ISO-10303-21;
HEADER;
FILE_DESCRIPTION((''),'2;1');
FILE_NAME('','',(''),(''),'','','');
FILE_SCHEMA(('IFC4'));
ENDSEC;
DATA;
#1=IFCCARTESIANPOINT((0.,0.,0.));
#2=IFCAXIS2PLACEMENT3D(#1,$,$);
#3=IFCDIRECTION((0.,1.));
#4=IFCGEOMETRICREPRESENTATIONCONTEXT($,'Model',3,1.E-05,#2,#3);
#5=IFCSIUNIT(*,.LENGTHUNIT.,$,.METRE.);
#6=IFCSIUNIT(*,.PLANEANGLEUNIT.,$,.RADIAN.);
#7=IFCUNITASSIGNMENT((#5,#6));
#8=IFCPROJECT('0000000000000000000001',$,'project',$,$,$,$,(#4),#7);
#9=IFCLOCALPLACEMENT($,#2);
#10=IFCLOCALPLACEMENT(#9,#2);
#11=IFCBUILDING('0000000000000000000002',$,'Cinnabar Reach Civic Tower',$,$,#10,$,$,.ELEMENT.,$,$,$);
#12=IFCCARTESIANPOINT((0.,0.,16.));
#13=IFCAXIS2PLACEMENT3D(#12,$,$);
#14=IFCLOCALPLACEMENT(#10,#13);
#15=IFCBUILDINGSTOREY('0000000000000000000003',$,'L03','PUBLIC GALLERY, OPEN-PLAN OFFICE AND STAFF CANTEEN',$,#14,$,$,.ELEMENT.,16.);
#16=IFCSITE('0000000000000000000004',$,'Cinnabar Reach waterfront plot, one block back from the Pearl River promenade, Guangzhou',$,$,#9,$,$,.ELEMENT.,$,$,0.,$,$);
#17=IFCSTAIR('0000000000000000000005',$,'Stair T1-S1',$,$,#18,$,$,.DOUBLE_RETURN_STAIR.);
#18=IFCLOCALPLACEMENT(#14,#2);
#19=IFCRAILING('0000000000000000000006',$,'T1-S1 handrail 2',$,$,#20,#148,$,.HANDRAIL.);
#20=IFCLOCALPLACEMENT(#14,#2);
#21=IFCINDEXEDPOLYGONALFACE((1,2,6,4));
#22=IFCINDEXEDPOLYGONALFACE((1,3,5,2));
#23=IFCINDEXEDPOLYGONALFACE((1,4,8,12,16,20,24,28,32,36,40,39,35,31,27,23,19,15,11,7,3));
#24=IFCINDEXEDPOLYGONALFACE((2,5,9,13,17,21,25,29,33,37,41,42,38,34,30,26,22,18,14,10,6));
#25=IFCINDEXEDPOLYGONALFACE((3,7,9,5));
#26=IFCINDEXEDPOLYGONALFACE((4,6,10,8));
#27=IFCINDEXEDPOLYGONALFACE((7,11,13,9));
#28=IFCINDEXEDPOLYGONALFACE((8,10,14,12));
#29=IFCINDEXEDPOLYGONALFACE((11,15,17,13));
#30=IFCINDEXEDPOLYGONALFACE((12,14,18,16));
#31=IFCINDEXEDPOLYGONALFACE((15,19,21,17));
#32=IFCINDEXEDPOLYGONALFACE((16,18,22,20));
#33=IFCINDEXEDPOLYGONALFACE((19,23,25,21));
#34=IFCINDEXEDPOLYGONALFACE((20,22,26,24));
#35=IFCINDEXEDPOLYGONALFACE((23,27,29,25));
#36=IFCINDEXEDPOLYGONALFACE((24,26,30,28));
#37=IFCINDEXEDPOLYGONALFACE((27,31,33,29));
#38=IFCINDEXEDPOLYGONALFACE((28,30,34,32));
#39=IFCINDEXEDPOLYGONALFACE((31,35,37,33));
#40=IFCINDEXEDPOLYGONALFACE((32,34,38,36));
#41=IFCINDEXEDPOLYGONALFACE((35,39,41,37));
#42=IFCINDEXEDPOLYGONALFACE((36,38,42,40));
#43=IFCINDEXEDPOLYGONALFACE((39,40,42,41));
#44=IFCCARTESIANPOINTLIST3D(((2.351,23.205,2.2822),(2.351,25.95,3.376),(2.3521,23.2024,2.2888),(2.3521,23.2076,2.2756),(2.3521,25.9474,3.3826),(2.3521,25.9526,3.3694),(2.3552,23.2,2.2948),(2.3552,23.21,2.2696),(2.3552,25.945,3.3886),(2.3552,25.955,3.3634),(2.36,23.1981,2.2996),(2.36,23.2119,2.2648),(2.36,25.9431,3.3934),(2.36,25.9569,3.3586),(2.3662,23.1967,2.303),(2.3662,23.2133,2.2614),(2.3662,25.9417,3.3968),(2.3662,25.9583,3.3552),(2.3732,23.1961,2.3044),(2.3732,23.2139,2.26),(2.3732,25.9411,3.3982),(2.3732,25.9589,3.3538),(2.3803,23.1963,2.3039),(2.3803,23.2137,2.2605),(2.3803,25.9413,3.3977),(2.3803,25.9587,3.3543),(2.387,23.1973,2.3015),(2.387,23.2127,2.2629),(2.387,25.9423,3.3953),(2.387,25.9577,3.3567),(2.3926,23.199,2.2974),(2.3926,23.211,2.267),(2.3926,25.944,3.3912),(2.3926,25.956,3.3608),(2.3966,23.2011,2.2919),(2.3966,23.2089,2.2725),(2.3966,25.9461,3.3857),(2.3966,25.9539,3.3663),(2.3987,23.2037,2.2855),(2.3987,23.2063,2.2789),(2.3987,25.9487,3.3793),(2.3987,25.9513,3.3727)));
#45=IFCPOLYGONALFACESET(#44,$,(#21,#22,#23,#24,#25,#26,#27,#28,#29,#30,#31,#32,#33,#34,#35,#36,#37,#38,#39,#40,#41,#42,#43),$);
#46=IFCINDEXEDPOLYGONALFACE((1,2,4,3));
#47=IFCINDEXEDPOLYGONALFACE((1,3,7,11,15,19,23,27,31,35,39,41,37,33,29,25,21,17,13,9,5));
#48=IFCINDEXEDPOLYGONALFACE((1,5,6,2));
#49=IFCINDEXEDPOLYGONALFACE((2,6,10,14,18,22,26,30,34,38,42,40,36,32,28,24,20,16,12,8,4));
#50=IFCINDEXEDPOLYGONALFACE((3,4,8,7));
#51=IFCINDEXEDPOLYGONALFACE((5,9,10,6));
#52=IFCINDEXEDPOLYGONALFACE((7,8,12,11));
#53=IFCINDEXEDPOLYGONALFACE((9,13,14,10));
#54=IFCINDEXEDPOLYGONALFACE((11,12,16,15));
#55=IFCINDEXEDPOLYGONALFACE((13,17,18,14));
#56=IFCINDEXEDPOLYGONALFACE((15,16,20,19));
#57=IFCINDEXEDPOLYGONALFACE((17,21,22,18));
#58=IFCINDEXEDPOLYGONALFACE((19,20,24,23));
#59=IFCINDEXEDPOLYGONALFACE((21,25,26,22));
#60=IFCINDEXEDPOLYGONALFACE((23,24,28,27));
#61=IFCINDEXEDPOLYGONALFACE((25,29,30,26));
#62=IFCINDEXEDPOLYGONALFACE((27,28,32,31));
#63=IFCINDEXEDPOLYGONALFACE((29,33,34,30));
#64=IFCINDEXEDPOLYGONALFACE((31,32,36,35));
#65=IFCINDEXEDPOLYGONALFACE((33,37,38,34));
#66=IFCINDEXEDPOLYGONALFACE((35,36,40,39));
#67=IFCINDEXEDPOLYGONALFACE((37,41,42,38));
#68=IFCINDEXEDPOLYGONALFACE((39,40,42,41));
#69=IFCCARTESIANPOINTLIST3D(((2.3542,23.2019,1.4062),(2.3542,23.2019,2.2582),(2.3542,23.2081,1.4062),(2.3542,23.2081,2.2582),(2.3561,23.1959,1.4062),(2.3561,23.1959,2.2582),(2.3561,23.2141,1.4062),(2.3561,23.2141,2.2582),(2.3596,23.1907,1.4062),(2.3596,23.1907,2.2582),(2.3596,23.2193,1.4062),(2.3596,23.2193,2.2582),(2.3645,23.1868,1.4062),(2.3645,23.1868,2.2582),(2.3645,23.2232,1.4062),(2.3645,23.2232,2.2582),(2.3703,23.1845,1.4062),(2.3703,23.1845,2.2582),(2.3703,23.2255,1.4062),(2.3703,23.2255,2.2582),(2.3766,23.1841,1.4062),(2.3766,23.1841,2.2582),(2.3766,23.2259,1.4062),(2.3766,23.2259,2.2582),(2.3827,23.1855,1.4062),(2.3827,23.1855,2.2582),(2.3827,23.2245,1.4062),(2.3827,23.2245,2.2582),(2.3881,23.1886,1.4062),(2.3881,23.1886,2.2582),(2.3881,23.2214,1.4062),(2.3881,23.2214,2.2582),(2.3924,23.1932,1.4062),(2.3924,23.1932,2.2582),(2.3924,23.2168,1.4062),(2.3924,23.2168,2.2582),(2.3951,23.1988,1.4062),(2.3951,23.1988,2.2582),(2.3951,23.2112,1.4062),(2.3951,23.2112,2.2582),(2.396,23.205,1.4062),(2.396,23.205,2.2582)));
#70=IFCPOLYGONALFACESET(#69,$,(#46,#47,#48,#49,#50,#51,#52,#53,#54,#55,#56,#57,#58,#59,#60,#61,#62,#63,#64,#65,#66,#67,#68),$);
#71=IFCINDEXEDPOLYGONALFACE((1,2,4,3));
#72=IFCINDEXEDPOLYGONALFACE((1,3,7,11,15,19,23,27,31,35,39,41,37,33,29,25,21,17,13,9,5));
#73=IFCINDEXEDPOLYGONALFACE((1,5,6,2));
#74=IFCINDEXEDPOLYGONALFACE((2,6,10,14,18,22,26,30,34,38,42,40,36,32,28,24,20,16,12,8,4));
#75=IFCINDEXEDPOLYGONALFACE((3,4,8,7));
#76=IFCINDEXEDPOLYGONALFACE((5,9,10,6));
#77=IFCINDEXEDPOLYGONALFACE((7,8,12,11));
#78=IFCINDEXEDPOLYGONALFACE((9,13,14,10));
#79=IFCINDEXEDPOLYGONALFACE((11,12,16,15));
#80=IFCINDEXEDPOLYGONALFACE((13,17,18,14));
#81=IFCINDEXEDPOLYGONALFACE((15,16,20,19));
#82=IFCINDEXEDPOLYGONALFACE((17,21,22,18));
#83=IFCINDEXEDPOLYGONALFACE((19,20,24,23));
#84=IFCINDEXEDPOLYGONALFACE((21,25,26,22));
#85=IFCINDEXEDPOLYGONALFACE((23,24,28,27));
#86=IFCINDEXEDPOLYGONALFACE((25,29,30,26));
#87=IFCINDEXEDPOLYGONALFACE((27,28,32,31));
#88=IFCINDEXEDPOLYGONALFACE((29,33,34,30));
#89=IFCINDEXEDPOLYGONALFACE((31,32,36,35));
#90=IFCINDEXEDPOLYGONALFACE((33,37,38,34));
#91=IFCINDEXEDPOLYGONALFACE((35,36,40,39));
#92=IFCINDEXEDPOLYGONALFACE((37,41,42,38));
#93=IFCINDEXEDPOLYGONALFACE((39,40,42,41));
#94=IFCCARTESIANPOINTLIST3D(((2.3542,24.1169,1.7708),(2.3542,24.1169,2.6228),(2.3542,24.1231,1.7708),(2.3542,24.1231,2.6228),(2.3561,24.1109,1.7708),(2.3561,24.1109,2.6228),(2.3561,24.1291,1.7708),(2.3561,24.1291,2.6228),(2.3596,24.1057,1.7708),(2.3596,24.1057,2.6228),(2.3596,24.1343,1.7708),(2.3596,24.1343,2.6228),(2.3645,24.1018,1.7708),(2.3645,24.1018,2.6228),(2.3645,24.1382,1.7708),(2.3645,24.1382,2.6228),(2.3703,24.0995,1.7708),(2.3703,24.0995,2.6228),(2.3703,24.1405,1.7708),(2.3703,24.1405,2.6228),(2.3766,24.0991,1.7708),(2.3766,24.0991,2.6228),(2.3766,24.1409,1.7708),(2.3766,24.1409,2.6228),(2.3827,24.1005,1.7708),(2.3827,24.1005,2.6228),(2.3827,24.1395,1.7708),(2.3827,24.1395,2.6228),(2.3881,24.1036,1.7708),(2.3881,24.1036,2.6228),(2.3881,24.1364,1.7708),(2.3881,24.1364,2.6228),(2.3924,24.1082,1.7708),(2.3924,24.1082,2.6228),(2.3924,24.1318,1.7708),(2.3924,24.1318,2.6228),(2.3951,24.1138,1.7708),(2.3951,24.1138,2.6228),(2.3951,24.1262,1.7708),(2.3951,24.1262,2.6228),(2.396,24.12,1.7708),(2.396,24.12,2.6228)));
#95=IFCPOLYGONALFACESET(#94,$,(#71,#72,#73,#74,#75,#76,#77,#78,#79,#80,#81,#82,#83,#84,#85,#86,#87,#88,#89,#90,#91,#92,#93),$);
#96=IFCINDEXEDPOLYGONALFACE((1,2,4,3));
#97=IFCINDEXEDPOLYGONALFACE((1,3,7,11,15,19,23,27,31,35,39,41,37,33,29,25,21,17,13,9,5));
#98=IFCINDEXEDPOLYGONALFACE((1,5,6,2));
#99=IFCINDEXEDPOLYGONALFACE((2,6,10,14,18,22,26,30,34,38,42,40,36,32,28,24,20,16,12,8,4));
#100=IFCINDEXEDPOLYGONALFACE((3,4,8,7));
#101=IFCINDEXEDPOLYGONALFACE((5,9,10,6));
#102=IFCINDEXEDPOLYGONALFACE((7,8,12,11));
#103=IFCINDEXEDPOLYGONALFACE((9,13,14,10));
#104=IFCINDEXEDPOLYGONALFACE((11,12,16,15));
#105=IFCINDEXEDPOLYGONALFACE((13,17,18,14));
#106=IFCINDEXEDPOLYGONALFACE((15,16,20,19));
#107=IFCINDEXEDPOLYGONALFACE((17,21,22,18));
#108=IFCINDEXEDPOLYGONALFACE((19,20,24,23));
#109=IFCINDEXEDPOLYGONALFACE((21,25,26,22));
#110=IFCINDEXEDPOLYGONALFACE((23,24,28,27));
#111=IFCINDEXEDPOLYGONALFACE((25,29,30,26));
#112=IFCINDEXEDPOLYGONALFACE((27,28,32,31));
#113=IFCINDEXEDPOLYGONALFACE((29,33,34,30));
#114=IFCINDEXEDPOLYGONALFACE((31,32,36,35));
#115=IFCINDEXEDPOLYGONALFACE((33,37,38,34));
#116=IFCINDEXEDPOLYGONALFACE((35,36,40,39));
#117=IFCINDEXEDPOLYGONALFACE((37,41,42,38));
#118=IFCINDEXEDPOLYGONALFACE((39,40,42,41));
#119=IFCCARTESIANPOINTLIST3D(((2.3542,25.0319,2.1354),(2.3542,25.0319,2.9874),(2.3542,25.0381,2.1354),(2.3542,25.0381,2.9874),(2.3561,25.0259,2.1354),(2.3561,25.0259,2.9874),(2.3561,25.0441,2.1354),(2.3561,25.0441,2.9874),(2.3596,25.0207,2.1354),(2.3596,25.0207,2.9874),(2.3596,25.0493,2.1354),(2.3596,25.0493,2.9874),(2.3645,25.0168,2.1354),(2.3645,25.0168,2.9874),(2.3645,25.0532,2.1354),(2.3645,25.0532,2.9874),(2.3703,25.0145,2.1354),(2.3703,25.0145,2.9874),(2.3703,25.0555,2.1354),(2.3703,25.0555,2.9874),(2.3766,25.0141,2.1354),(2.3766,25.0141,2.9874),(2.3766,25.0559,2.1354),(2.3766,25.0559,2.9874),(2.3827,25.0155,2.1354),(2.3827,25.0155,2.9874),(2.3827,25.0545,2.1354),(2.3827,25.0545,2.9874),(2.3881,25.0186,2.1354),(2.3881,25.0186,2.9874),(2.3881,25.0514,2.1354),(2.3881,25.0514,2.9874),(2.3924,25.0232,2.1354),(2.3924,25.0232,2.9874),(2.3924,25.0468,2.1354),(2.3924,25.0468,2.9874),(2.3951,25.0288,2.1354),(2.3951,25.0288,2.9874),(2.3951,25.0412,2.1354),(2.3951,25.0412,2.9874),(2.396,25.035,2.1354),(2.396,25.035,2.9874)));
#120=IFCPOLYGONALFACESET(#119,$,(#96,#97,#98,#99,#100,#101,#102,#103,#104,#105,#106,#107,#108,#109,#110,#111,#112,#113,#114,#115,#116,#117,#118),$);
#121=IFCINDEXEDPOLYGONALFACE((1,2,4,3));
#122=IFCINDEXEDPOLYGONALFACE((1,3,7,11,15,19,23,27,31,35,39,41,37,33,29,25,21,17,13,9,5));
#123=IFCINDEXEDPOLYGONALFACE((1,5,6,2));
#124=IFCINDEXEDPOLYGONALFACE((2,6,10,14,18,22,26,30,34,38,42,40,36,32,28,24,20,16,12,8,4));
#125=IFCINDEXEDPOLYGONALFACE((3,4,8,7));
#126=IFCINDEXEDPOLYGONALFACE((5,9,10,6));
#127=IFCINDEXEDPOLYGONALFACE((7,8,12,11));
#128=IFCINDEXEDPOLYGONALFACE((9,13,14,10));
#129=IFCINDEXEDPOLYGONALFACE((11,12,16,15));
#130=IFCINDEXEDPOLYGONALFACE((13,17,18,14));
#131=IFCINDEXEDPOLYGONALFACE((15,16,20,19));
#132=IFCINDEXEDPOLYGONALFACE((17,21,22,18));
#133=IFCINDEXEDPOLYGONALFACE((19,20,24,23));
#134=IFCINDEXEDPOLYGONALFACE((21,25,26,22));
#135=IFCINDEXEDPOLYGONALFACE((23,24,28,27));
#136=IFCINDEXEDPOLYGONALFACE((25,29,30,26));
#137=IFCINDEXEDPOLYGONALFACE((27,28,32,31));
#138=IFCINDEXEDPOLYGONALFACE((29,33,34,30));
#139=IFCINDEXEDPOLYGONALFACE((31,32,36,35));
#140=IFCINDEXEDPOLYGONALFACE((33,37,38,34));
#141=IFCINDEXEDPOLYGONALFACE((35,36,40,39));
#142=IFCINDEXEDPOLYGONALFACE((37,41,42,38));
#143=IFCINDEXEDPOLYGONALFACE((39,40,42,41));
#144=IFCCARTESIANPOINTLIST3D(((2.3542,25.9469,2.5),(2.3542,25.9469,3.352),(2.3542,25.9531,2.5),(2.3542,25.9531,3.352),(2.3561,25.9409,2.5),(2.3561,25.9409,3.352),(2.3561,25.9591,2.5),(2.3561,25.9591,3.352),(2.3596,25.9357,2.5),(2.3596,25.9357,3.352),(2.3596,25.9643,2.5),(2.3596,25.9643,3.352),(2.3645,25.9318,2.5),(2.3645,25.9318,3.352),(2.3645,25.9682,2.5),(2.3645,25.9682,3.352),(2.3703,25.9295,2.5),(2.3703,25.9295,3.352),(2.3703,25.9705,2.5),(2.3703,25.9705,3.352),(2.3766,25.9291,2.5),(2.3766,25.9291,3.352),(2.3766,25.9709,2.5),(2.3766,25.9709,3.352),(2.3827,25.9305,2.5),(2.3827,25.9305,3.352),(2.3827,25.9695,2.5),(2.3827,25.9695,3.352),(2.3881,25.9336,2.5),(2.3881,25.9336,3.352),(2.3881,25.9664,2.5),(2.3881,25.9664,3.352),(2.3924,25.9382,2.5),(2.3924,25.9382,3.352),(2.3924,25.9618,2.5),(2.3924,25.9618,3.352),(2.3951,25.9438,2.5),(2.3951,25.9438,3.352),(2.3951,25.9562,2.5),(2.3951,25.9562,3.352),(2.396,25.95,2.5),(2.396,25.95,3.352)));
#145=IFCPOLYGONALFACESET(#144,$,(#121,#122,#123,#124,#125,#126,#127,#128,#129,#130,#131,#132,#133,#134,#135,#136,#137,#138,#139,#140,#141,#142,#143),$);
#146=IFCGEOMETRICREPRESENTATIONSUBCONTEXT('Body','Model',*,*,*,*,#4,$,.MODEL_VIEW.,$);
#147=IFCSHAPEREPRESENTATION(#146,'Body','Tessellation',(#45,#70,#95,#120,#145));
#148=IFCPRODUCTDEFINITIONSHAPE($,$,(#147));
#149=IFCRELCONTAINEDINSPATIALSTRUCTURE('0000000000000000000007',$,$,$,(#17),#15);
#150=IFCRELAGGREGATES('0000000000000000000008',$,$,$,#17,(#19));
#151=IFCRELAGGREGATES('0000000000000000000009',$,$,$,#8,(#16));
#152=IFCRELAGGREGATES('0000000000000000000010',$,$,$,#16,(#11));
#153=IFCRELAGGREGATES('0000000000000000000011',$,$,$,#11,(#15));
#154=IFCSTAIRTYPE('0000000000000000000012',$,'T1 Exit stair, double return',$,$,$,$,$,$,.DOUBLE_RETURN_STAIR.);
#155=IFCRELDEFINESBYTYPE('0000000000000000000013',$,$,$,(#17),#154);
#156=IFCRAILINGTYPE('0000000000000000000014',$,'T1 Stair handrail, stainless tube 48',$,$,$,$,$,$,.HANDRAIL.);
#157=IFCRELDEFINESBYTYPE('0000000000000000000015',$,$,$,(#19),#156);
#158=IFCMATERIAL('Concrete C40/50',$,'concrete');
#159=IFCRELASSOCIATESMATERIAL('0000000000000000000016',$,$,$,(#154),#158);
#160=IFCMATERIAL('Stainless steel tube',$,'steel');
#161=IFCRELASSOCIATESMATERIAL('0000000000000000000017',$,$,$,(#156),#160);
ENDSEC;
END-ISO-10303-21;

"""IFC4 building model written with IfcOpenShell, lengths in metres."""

from ifc_helpers import new_model, si_unit, direction, frame, origin, origin_2d, place, context, subcontext, project, spatial, circle, extrude, material, type_object, element, aggregate, save


model = new_model("IFC4")

# Units and contexts
model_context = context("Model", 3, precision=1e-05, world=origin(), true_north=direction((0.0, 1.0)))
body_context = subcontext(model_context, "Body", "Model", "MODEL_VIEW")
ifc_project = project(units=[si_unit("LENGTHUNIT", "METRE"), si_unit("PLANEANGLEUNIT", "RADIAN")], contexts=[model_context])

# Site, building, storey
site_placement = place(None, origin())
site = spatial("IfcSite", under=ifc_project, at=site_placement, Name="Cinnabar Reach waterfront plot, one block back from the Pearl River promenade, Guangzhou", CompositionType="ELEMENT", RefElevation=0.0)
building_placement = place(site_placement, origin())
building = spatial("IfcBuilding", under=site, at=building_placement, Name="Cinnabar Reach Civic Tower", CompositionType="ELEMENT")
storey_placement = place(building_placement, frame((0.0, 0.0, 16.0)))
storey = spatial("IfcBuildingStorey", under=building, at=storey_placement, Name="L03", Description="PUBLIC GALLERY, OPEN-PLAN OFFICE AND STAFF CANTEEN", CompositionType="ELEMENT", Elevation=16.0)

# Shared definitions
ifc_material_1 = material(Name="Concrete C40/50", Category="concrete")

# Stair, railing
stair_type = type_object("IfcStairType", Name="T1 Exit stair, double return", PredefinedType="DOUBLE_RETURN_STAIR", material=ifc_material_1)
stair_placement = place(storey_placement, origin())
stair = element("IfcStair", 1, at=stair_placement, inside=storey, type_object=stair_type, Name="Stair T1-S1", PredefinedType="DOUBLE_RETURN_STAIR")
ifc_material_2 = material(Name="Stainless steel tube", Category="steel")
railing_type = type_object("IfcRailingType", Name="T1 Stair handrail, stainless tube 48", PredefinedType="HANDRAIL", material=ifc_material_2)
railing_1_placement = place(storey_placement, frame((2.375, 23.205, 1.4062)))
railing_1 = element("IfcRailing", 2, at=railing_1_placement, type_object=railing_type, Name="T1-S1 handrail 2", PredefinedType="HANDRAIL", context=body_context, shape_type="SweptSolid", body=[
    extrude(circle(Radius=0.024, at=origin_2d()), frame((0.0, 0.0, 0.876), z_axis=(0.0, 0.928966, 0.370165), x_axis=(-1.0, 0.0, 0.0)), (0.0, 0.0, 1.0), 2.9549),
    extrude(circle(Radius=0.021, at=origin_2d()), origin(), (0.0, 0.0, 1.0), 0.852),
    extrude(circle(Radius=0.021, at=origin_2d()), frame((0.0, 0.915, 0.3646)), (0.0, 0.0, 1.0), 0.852),
    extrude(circle(Radius=0.021, at=origin_2d()), frame((0.0, 1.83, 0.7292)), (0.0, 0.0, 1.0), 0.852),
    extrude(circle(Radius=0.021, at=origin_2d()), frame((0.0, 2.745, 1.0938)), (0.0, 0.0, 1.0), 0.852),
])
aggregate(stair, [railing_1])

save(model, "model.ifc")
